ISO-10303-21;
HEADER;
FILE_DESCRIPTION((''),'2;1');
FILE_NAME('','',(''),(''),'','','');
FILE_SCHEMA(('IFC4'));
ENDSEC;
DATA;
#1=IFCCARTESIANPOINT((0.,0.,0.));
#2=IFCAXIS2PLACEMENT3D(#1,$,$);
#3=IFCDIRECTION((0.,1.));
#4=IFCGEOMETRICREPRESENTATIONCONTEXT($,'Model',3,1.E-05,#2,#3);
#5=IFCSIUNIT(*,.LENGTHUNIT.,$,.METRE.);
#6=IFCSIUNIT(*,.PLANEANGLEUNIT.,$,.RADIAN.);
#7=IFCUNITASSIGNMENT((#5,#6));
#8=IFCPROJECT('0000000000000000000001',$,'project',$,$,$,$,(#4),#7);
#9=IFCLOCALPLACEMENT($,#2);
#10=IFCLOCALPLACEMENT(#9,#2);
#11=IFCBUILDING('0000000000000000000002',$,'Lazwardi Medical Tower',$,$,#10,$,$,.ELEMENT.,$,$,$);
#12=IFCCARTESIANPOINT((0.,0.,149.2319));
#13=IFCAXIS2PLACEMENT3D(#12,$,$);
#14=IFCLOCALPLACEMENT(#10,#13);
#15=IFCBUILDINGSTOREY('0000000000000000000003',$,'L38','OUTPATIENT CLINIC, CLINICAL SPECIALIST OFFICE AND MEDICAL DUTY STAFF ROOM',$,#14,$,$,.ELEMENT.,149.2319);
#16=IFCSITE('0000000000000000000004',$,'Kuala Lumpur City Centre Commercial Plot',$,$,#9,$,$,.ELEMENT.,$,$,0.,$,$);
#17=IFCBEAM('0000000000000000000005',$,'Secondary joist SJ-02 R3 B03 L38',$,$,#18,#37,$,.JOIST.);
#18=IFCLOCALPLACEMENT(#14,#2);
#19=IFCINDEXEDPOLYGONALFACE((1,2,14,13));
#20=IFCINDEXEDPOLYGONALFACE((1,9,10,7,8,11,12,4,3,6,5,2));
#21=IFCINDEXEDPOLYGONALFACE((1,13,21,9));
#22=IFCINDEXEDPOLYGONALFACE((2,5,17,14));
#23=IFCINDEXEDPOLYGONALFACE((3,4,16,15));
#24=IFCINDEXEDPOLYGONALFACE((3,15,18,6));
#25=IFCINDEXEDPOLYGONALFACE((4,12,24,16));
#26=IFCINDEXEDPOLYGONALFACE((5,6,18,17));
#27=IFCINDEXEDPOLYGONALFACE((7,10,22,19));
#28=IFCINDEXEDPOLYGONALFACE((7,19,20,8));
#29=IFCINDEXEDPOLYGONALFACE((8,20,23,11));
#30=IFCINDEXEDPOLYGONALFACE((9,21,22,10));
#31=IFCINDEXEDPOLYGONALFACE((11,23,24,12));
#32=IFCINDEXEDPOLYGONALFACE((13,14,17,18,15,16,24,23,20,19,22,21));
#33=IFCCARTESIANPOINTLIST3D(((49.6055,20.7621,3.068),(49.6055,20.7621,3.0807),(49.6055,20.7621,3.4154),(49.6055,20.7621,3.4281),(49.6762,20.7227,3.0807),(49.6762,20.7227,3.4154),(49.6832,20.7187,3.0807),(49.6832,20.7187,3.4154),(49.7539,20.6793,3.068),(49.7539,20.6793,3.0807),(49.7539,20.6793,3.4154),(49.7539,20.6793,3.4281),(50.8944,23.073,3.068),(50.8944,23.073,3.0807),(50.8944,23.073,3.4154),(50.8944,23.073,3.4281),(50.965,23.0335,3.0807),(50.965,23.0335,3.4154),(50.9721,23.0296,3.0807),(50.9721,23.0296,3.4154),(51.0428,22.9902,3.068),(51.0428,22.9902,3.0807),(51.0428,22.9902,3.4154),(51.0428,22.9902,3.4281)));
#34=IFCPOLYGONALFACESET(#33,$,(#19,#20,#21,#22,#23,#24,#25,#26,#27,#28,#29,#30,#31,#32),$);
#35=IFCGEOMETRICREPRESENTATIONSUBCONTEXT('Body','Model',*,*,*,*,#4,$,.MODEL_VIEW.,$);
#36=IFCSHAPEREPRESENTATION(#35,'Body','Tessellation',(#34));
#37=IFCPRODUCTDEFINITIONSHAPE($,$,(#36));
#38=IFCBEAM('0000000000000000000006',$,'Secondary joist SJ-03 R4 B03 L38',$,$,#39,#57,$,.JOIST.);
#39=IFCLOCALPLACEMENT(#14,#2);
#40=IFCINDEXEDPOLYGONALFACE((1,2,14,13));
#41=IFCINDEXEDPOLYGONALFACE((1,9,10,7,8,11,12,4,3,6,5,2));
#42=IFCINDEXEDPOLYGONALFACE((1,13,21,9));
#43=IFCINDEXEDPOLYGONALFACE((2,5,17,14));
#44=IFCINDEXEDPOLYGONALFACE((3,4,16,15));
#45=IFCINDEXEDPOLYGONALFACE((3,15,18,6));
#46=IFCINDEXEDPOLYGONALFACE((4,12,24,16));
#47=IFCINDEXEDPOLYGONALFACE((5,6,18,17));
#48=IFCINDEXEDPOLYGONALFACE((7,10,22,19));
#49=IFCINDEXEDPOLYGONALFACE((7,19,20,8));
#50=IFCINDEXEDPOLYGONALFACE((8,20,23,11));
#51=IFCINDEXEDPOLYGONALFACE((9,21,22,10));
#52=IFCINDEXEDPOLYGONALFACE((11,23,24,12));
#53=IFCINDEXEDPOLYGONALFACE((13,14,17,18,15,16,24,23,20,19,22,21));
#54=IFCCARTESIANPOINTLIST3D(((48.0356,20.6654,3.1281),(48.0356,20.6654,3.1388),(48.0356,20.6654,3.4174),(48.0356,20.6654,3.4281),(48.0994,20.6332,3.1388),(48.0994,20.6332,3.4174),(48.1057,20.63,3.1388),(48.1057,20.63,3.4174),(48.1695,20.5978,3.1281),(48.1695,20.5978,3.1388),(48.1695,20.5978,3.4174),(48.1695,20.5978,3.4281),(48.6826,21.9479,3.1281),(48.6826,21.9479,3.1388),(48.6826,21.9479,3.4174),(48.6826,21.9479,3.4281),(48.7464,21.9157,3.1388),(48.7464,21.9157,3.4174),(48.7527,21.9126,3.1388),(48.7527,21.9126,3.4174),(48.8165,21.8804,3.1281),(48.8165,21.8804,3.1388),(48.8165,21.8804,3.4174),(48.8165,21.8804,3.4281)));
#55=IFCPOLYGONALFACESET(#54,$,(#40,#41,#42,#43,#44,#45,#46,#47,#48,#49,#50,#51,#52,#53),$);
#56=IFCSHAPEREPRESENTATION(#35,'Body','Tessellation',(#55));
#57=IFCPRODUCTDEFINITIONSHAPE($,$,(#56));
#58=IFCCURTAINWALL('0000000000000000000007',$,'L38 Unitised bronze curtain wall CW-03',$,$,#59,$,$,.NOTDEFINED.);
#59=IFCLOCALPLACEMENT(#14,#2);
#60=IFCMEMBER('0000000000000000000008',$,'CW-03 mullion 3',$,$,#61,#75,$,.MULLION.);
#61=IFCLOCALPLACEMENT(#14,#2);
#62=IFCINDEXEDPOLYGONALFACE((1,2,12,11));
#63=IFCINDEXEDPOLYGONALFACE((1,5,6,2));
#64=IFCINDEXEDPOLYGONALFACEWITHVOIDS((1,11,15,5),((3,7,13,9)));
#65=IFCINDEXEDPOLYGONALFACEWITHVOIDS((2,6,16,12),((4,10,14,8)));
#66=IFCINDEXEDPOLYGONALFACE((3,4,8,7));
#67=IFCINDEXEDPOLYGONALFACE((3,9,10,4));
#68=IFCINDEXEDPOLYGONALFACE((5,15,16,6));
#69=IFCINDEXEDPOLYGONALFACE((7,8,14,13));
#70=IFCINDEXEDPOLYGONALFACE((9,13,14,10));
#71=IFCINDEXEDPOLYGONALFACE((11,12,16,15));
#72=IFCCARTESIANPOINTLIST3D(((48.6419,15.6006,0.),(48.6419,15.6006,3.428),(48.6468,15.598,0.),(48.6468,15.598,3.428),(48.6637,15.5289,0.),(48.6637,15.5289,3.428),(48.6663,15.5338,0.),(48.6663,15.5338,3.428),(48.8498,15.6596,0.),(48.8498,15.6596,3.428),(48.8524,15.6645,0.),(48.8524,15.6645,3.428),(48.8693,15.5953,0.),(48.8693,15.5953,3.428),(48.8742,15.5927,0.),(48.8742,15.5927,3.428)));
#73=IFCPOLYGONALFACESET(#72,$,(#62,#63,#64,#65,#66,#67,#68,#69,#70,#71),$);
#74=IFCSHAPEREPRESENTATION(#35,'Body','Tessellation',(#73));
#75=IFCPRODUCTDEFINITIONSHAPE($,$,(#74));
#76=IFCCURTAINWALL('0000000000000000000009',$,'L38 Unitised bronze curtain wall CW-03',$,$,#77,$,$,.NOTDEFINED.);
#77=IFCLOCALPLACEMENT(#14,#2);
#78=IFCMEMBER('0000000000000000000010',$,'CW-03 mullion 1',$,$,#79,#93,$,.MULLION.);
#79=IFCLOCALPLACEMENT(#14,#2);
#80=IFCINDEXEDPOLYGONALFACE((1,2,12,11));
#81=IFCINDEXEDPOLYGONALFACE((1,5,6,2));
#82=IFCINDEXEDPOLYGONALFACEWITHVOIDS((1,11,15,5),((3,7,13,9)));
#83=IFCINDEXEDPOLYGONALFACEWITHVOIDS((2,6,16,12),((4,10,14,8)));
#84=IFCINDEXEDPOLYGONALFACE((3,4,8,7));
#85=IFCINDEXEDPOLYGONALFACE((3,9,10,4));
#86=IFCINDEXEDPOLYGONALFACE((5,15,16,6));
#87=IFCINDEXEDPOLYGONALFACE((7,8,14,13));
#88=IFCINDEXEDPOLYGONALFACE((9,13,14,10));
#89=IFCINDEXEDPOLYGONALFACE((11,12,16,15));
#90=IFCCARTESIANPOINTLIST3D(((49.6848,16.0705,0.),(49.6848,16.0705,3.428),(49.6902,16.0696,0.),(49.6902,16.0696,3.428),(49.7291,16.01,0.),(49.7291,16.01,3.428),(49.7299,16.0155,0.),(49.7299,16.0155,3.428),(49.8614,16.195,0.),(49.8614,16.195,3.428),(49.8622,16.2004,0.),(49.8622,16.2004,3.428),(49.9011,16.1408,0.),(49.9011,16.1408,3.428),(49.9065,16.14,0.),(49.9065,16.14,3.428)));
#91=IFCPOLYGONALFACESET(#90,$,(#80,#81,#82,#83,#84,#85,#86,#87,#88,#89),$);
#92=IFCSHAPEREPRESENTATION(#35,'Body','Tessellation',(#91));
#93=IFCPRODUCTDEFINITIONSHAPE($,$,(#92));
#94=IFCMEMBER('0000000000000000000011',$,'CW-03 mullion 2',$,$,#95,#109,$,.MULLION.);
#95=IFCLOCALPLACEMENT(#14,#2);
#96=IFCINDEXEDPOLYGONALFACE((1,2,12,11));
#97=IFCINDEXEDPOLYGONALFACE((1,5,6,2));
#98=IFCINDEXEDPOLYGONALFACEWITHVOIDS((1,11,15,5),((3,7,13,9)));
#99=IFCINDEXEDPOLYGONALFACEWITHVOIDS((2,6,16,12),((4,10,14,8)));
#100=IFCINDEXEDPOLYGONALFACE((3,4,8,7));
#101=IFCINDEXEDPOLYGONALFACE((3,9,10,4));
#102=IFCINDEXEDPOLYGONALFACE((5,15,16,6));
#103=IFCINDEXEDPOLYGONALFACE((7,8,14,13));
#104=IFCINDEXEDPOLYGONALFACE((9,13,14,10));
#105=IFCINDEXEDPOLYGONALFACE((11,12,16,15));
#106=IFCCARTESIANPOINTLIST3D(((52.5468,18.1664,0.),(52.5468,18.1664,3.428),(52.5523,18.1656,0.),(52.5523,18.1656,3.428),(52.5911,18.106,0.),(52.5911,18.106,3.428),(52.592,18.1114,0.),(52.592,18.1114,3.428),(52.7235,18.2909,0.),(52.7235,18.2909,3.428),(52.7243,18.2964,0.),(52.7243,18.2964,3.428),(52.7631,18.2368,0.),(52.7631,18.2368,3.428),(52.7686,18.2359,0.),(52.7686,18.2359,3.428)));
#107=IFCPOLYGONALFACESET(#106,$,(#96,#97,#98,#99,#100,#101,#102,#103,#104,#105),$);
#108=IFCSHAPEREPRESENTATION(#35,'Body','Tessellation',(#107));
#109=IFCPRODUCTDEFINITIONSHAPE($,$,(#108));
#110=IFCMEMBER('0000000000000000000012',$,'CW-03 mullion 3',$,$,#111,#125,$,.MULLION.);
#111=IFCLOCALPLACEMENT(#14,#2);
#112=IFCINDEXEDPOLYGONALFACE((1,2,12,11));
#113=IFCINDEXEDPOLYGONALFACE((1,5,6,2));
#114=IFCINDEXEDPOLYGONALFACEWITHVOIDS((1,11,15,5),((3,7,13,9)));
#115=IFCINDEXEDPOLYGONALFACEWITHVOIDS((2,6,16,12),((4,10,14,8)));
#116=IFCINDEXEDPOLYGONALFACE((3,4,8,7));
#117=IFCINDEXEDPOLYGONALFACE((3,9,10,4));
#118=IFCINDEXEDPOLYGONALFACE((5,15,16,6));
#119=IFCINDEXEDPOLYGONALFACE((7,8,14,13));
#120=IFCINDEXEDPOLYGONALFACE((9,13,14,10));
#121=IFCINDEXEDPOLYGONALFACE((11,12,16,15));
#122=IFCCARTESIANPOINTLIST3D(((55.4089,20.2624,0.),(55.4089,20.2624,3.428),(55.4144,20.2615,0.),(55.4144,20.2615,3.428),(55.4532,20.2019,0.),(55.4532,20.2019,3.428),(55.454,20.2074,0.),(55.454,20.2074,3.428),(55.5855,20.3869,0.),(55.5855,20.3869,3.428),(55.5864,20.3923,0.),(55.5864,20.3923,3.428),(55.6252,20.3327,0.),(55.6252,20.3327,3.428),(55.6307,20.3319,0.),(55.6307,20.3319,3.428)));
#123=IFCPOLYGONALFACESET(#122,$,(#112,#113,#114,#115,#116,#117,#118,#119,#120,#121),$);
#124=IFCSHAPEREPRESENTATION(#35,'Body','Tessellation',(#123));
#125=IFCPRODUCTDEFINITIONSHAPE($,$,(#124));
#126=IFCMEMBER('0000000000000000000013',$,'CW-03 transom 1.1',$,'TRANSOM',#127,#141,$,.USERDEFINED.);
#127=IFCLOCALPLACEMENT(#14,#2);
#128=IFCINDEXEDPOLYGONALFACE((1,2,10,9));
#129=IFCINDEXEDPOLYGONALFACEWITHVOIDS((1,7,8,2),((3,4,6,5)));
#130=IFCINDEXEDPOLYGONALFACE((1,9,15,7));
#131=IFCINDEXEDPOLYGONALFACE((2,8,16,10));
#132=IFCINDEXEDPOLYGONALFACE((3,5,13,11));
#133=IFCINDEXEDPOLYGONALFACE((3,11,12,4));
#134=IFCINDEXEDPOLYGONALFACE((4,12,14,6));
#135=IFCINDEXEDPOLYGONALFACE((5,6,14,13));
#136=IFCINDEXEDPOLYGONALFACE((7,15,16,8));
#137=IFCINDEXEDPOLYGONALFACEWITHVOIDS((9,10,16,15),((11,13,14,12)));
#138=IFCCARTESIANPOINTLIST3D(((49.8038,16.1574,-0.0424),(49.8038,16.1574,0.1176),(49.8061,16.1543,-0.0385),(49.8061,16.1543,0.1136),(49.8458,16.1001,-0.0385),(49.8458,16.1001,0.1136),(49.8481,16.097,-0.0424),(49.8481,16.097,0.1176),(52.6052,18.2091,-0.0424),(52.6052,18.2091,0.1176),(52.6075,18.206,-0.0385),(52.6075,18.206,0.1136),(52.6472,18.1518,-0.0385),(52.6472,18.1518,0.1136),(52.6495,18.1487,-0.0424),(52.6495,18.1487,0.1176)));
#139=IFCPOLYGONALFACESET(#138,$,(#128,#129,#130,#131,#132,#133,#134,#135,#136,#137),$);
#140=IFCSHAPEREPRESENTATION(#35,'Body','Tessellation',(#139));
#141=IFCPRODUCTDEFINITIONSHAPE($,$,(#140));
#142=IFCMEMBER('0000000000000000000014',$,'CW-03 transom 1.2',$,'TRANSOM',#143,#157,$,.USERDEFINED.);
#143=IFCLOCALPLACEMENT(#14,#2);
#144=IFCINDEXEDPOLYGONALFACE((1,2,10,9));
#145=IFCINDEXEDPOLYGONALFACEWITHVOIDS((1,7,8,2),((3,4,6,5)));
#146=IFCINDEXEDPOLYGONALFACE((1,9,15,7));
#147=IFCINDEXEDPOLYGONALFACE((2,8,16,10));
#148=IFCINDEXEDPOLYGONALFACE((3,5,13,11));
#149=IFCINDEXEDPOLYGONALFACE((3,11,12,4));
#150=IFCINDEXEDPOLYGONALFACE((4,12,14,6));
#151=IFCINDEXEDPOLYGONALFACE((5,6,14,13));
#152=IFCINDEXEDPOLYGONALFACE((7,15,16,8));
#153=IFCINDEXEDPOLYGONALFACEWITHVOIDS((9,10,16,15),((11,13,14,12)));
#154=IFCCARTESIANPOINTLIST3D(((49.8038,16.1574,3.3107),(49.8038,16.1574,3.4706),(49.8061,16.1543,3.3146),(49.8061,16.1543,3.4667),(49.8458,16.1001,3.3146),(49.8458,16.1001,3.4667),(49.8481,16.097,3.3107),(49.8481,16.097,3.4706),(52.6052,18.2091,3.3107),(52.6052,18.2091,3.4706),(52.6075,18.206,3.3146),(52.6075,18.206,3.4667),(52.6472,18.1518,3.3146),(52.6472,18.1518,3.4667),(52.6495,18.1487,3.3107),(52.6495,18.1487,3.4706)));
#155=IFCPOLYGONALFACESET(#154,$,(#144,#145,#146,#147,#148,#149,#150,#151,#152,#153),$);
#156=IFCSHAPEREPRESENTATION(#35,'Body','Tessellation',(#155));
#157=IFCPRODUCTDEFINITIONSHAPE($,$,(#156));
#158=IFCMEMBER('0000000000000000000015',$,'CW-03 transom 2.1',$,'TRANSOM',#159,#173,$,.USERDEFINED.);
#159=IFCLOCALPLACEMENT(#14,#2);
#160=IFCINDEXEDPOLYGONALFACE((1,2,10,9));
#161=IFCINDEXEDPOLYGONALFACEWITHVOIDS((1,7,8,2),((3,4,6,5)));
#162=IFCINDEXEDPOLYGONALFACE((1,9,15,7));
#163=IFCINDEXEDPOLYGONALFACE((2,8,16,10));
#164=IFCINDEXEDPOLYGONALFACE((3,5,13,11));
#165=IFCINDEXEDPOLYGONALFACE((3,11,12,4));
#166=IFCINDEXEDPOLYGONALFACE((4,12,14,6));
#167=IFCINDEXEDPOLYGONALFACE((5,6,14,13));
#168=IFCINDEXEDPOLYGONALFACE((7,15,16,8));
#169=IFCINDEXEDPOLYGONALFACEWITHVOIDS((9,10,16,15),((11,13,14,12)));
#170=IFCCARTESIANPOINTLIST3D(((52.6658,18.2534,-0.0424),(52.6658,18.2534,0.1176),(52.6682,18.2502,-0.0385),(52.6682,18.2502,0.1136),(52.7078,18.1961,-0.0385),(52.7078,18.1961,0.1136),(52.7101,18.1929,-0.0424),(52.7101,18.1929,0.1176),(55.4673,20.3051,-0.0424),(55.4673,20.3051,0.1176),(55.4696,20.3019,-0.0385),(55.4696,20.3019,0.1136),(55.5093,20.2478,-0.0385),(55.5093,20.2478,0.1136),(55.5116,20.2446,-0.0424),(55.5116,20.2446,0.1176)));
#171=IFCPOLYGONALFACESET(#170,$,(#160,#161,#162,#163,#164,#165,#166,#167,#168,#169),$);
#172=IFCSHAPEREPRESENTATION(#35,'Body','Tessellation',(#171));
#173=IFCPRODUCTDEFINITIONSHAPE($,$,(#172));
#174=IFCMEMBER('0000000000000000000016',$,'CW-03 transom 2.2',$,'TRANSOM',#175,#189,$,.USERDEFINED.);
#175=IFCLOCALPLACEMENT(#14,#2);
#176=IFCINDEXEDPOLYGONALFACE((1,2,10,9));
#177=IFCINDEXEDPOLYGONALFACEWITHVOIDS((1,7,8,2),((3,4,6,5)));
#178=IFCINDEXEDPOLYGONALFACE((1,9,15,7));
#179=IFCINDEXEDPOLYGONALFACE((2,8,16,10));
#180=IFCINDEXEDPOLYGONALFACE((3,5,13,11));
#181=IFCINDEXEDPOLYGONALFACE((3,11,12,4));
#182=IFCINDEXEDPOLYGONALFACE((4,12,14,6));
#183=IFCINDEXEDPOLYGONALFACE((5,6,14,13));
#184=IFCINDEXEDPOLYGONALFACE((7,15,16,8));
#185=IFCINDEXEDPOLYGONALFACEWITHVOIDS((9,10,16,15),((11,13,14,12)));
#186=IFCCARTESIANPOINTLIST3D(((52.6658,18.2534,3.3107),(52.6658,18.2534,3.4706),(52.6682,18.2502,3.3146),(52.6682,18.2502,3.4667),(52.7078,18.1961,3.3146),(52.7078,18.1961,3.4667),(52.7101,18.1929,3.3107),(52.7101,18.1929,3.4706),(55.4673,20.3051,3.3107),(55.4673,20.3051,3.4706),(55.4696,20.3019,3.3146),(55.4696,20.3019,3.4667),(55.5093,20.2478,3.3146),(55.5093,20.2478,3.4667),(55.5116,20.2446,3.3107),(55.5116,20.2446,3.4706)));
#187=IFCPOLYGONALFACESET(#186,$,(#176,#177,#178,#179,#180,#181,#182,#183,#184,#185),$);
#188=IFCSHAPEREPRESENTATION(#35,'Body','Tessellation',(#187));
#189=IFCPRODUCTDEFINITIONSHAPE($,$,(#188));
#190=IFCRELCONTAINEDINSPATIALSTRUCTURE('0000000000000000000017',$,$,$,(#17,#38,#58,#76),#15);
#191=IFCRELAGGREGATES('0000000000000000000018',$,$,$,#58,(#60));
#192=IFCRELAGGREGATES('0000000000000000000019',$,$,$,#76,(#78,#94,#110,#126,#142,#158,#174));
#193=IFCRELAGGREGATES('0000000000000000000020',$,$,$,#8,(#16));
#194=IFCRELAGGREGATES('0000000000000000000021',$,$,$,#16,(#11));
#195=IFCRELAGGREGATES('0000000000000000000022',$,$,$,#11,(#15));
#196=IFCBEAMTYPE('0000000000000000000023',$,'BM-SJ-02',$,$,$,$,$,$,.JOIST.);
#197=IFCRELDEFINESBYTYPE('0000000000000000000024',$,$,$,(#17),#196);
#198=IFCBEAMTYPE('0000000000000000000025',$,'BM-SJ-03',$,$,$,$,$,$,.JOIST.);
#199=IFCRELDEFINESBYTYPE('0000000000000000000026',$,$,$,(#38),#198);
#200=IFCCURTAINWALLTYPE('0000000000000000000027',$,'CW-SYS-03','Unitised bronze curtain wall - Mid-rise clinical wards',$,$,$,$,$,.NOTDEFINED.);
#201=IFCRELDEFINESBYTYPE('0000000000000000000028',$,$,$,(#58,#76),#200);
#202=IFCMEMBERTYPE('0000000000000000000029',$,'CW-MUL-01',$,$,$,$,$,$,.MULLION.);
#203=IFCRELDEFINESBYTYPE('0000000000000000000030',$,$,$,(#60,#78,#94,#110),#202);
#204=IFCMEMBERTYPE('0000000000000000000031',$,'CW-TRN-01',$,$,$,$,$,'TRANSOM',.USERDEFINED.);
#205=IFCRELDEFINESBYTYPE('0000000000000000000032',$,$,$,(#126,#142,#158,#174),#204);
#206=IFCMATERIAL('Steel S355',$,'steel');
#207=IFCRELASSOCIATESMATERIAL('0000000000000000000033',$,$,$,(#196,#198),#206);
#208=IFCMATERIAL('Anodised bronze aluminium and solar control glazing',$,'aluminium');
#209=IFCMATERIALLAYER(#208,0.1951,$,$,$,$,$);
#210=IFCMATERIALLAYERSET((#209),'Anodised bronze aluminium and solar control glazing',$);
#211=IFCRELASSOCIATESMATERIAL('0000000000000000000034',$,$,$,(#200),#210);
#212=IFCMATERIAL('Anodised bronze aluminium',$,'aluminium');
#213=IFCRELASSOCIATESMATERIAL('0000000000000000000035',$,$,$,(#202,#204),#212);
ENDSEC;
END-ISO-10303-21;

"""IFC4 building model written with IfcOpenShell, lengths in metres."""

from ifc_helpers import new_model, si_unit, direction, frame, origin, origin_2d, place, context, subcontext, project, spatial, hollow_rectangle, i_section, extrude, material, layer, layer_set, material_profile, profile_set, type_object, element, aggregate, save


model = new_model("IFC4")

# Units and contexts
model_context = context("Model", 3, precision=1e-05, world=origin(), true_north=direction((0.0, 1.0)))
body_context = subcontext(model_context, "Body", "Model", "MODEL_VIEW")
ifc_project = project(units=[si_unit("LENGTHUNIT", "METRE"), si_unit("PLANEANGLEUNIT", "RADIAN")], contexts=[model_context])

# Site, building, storey
site_placement = place(None, origin())
site = spatial("IfcSite", under=ifc_project, at=site_placement, Name="Kuala Lumpur City Centre Commercial Plot", CompositionType="ELEMENT", RefElevation=0.0)
building_placement = place(site_placement, origin())
building = spatial("IfcBuilding", under=site, at=building_placement, Name="Lazwardi Medical Tower", CompositionType="ELEMENT")
storey_placement = place(building_placement, frame((0.0, 0.0, 149.2319)))
storey = spatial("IfcBuildingStorey", under=building, at=storey_placement, Name="L38", Description="OUTPATIENT CLINIC, CLINICAL SPECIALIST OFFICE AND MEDICAL DUTY STAFF ROOM", CompositionType="ELEMENT", Elevation=149.2319)

# Beams
ifc_material_1 = material(Name="Steel S355", Category="steel")
ifc_material_profile_1 = material_profile(ifc_material_1, i_section(OverallWidth=0.1699, OverallDepth=0.3601, WebThickness=0.0081, FlangeThickness=0.0127, at=origin_2d()), Name="IPE 360")
ifc_profile_set_1 = profile_set([ifc_material_profile_1], Name="Steel S355")
beam_type_1 = type_object("IfcBeamType", Name="BM-SJ-02", PredefinedType="JOIST", material=ifc_profile_set_1)
beam_1_placement = place(storey_placement, frame((49.6797, 20.7207, 3.248), z_axis=(0.487099, 0.873347, 0.0), x_axis=(-0.873347, 0.487099, 0.0)))
element("IfcBeam", 1, at=beam_1_placement, inside=storey, type_object=beam_type_1, Name="Secondary joist SJ-02 R3 B03 L38", PredefinedType="JOIST", context=body_context, shape_type="SweptSolid", body=[
    extrude(i_section(OverallWidth=0.1699, OverallDepth=0.3601, WebThickness=0.0081, FlangeThickness=0.0127, at=origin_2d()), origin(), (0.0, 0.0, 1.0), 2.646),
])
ifc_material_profile_2 = material_profile(ifc_material_1, i_section(OverallWidth=0.1499, OverallDepth=0.3, WebThickness=0.0071, FlangeThickness=0.0107, at=origin_2d()), Name="IPE 300")
ifc_profile_set_2 = profile_set([ifc_material_profile_2], Name="Steel S355")
beam_type_2 = type_object("IfcBeamType", Name="BM-SJ-03", PredefinedType="JOIST", material=ifc_profile_set_2)
beam_2_placement = place(storey_placement, frame((48.1025, 20.6316, 3.2781), z_axis=(0.450406, 0.892824, 0.0), x_axis=(-0.892824, 0.450406, 0.0)))
element("IfcBeam", 2, at=beam_2_placement, inside=storey, type_object=beam_type_2, Name="Secondary joist SJ-03 R4 B03 L38", PredefinedType="JOIST", context=body_context, shape_type="SweptSolid", body=[
    extrude(i_section(OverallWidth=0.1499, OverallDepth=0.3, WebThickness=0.0071, FlangeThickness=0.0107, at=origin_2d()), origin(), (0.0, 0.0, 1.0), 1.4365),
])

# Curtain wall, member
ifc_material_2 = material(Name="Anodised bronze aluminium and solar control glazing", Category="aluminium")
ifc_layer_1 = layer(ifc_material_2, 0.1951)
ifc_layer_set_1 = layer_set([ifc_layer_1], Name="Anodised bronze aluminium and solar control glazing")
curtain_wall_type = type_object("IfcCurtainWallType", Name="CW-SYS-03", Description="Unitised bronze curtain wall - Mid-rise clinical wards", PredefinedType="NOTDEFINED", material=ifc_layer_set_1)
curtain_wall_1_placement = place(storey_placement, origin())
curtain_wall_1 = element("IfcCurtainWall", 3, at=curtain_wall_1_placement, inside=storey, type_object=curtain_wall_type, Name="L38 Unitised bronze curtain wall CW-03", PredefinedType="NOTDEFINED")
ifc_material_3 = material(Name="Anodised bronze aluminium", Category="aluminium")
ifc_material_profile_3 = material_profile(ifc_material_3, hollow_rectangle(XDim=0.075, YDim=0.22, WallThickness=0.0039, at=origin_2d()), Name="ALU-MULLION 220x75x4")
ifc_profile_set_3 = profile_set([ifc_material_profile_3], Name="Anodised bronze aluminium")
member_type_1 = type_object("IfcMemberType", Name="CW-MUL-01", PredefinedType="MULLION", material=ifc_profile_set_3)
member_1_placement = place(storey_placement, frame((48.7581, 15.5967, 0.0), z_axis=(0.0, 0.0, 1.0), x_axis=(-0.290281, 0.956942, 0.0)))
member_1 = element("IfcMember", 4, at=member_1_placement, type_object=member_type_1, Name="CW-03 mullion 3", PredefinedType="MULLION", context=body_context, shape_type="SweptSolid", body=[
    extrude(hollow_rectangle(XDim=0.075, YDim=0.22, WallThickness=0.0039, at=origin_2d()), origin(), (0.0, 0.0, 1.0), 3.428),
])

# Curtain wall, members
curtain_wall_2_placement = place(storey_placement, origin())
curtain_wall_2 = element("IfcCurtainWall", 5, at=curtain_wall_2_placement, inside=storey, type_object=curtain_wall_type, Name="L38 Unitised bronze curtain wall CW-03", PredefinedType="NOTDEFINED")
member_2_placement = place(storey_placement, frame((49.7957, 16.1052, 0.0), z_axis=(0.0, 0.0, 1.0), x_axis=(-0.590834, 0.806793, 0.0)))
member_2 = element("IfcMember", 6, at=member_2_placement, type_object=member_type_1, Name="CW-03 mullion 1", PredefinedType="MULLION", context=body_context, shape_type="SweptSolid", body=[
    extrude(hollow_rectangle(XDim=0.075, YDim=0.22, WallThickness=0.0039, at=origin_2d()), origin(), (0.0, 0.0, 1.0), 3.428),
])
member_3_placement = place(storey_placement, frame((52.6577, 18.2012, 0.0), z_axis=(0.0, 0.0, 1.0), x_axis=(-0.590834, 0.806793, 0.0)))
member_3 = element("IfcMember", 7, at=member_3_placement, type_object=member_type_1, Name="CW-03 mullion 2", PredefinedType="MULLION", context=body_context, shape_type="SweptSolid", body=[
    extrude(hollow_rectangle(XDim=0.075, YDim=0.22, WallThickness=0.0039, at=origin_2d()), origin(), (0.0, 0.0, 1.0), 3.428),
])
member_4_placement = place(storey_placement, frame((55.5198, 20.2971, 0.0), z_axis=(0.0, 0.0, 1.0), x_axis=(-0.590834, 0.806793, 0.0)))
member_4 = element("IfcMember", 8, at=member_4_placement, type_object=member_type_1, Name="CW-03 mullion 3", PredefinedType="MULLION", context=body_context, shape_type="SweptSolid", body=[
    extrude(hollow_rectangle(XDim=0.075, YDim=0.22, WallThickness=0.0039, at=origin_2d()), origin(), (0.0, 0.0, 1.0), 3.428),
])
ifc_material_profile_4 = material_profile(ifc_material_3, hollow_rectangle(XDim=0.075, YDim=0.1599, WallThickness=0.0039, at=origin_2d()), Name="ALU-TRANSOM 160x75x4")
ifc_profile_set_4 = profile_set([ifc_material_profile_4], Name="Anodised bronze aluminium")
member_type_2 = type_object("IfcMemberType", Name="CW-TRN-01", ElementType="TRANSOM", PredefinedType="USERDEFINED", material=ifc_profile_set_4)
member_5_placement = place(storey_placement, frame((49.8259, 16.1272, 0.0376), z_axis=(0.806774, 0.590861, 0.0), x_axis=(-0.590861, 0.806774, 0.0)))
member_5 = element("IfcMember", 9, at=member_5_placement, type_object=member_type_2, Name="CW-03 transom 1.1", ObjectType="TRANSOM", PredefinedType="USERDEFINED", context=body_context, shape_type="SweptSolid", body=[
    extrude(hollow_rectangle(XDim=0.075, YDim=0.1599, WallThickness=0.0039, at=origin_2d()), origin(), (0.0, 0.0, 1.0), 3.4724),
])
member_6_placement = place(storey_placement, frame((49.8259, 16.1272, 3.3906), z_axis=(0.806774, 0.590861, 0.0), x_axis=(-0.590861, 0.806774, 0.0)))
member_6 = element("IfcMember", 10, at=member_6_placement, type_object=member_type_2, Name="CW-03 transom 1.2", ObjectType="TRANSOM", PredefinedType="USERDEFINED", context=body_context, shape_type="SweptSolid", body=[
    extrude(hollow_rectangle(XDim=0.075, YDim=0.1599, WallThickness=0.0039, at=origin_2d()), origin(), (0.0, 0.0, 1.0), 3.4724),
])
member_7_placement = place(storey_placement, frame((52.688, 18.2231, 0.0376), z_axis=(0.806774, 0.590861, 0.0), x_axis=(-0.590861, 0.806774, 0.0)))
member_7 = element("IfcMember", 11, at=member_7_placement, type_object=member_type_2, Name="CW-03 transom 2.1", ObjectType="TRANSOM", PredefinedType="USERDEFINED", context=body_context, shape_type="SweptSolid", body=[
    extrude(hollow_rectangle(XDim=0.075, YDim=0.1599, WallThickness=0.0039, at=origin_2d()), origin(), (0.0, 0.0, 1.0), 3.4724),
])
member_8_placement = place(storey_placement, frame((52.688, 18.2231, 3.3906), z_axis=(0.806774, 0.590861, 0.0), x_axis=(-0.590861, 0.806774, 0.0)))
member_8 = element("IfcMember", 12, at=member_8_placement, type_object=member_type_2, Name="CW-03 transom 2.2", ObjectType="TRANSOM", PredefinedType="USERDEFINED", context=body_context, shape_type="SweptSolid", body=[
    extrude(hollow_rectangle(XDim=0.075, YDim=0.1599, WallThickness=0.0039, at=origin_2d()), origin(), (0.0, 0.0, 1.0), 3.4724),
])

aggregate(curtain_wall_1, [member_1])
aggregate(curtain_wall_2, [member_2, member_3, member_4, member_5, member_6, member_7, member_8])

save(model, "model.ifc")
